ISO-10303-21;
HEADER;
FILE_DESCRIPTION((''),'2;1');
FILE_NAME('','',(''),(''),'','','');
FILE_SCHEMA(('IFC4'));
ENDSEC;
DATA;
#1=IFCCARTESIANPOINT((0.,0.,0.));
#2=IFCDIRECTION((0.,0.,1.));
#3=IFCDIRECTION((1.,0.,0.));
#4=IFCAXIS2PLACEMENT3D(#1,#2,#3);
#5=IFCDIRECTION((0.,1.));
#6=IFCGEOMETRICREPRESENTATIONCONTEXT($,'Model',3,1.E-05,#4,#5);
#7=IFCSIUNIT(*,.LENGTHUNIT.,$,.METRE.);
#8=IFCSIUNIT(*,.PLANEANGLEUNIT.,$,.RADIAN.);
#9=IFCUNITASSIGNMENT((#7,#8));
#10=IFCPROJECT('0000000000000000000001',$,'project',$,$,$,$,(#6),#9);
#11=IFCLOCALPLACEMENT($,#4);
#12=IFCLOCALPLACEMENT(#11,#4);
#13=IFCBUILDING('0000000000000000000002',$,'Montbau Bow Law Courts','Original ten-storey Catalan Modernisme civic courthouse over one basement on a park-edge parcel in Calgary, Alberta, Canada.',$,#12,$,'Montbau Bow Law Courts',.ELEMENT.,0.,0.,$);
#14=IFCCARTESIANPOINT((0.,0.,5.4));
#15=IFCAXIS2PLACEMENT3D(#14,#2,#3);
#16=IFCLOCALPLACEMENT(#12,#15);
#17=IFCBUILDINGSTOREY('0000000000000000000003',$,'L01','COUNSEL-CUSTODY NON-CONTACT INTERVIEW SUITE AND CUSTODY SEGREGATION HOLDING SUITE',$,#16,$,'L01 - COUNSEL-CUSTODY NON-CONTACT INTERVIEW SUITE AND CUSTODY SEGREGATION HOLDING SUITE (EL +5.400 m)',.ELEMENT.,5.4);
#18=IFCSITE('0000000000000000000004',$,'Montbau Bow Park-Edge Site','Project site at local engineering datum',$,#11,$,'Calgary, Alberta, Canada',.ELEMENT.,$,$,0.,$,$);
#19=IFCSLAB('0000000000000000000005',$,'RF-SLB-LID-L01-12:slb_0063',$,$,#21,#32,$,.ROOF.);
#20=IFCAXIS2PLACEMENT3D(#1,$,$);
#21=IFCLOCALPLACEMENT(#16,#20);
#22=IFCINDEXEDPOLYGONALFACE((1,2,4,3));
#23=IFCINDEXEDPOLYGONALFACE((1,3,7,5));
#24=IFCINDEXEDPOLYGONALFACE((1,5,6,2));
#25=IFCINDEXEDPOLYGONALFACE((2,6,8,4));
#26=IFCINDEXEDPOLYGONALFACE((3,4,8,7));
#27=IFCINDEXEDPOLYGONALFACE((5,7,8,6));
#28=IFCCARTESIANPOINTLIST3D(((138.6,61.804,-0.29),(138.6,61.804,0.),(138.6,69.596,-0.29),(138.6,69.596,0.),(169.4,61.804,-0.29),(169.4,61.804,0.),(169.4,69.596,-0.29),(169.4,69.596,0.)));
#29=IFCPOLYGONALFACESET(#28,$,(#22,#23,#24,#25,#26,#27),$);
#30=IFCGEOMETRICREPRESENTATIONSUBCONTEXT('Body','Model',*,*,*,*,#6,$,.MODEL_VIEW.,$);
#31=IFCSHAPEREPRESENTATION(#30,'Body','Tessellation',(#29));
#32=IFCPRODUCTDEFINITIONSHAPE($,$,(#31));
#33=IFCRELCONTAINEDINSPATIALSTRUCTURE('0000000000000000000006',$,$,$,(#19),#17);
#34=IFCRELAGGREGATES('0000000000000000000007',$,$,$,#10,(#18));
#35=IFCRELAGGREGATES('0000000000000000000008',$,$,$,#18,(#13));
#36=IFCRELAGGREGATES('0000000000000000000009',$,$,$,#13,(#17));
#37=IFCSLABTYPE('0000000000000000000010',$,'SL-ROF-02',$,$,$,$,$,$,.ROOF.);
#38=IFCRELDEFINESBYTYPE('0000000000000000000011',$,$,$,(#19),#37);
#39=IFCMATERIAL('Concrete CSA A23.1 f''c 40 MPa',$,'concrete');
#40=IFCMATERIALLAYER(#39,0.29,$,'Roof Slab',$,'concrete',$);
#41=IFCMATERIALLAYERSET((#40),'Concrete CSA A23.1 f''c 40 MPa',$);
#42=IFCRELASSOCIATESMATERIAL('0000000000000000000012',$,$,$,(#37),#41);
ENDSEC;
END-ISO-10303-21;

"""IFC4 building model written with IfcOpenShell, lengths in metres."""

from ifc_helpers import new_model, si_unit, direction, frame, origin_with_axes, place, context, subcontext, project, spatial, polyline, outline, extrude, material, layer, layer_set, type_object, element, save


model = new_model("IFC4")

# Units and contexts
model_context = context("Model", 3, precision=1e-05, world=origin_with_axes(), true_north=direction((0.0, 1.0)))
body_context = subcontext(model_context, "Body", "Model", "MODEL_VIEW")
ifc_project = project(units=[si_unit("LENGTHUNIT", "METRE"), si_unit("PLANEANGLEUNIT", "RADIAN")], contexts=[model_context])

# Site, building, storey
site_placement = place(None, origin_with_axes())
site = spatial("IfcSite", under=ifc_project, at=site_placement, Name="Montbau Bow Park-Edge Site", Description="Project site at local engineering datum", LongName="Calgary, Alberta, Canada", CompositionType="ELEMENT", RefElevation=0.0)
building_placement = place(site_placement, origin_with_axes())
building = spatial("IfcBuilding", under=site, at=building_placement, Name="Montbau Bow Law Courts", Description="Original ten-storey Catalan Modernisme civic courthouse over one basement on a park-edge parcel in Calgary, Alberta, Canada.", LongName="Montbau Bow Law Courts", CompositionType="ELEMENT", ElevationOfRefHeight=0.0, ElevationOfTerrain=0.0)
storey_placement = place(building_placement, frame((0.0, 0.0, 5.4), z_axis=(0.0, 0.0, 1.0), x_axis=(1.0, 0.0, 0.0)))
storey = spatial("IfcBuildingStorey", under=building, at=storey_placement, Name="L01", Description="COUNSEL-CUSTODY NON-CONTACT INTERVIEW SUITE AND CUSTODY SEGREGATION HOLDING SUITE", LongName="L01 - COUNSEL-CUSTODY NON-CONTACT INTERVIEW SUITE AND CUSTODY SEGREGATION HOLDING SUITE (EL +5.400 m)", CompositionType="ELEMENT", Elevation=5.4)

# Shared definitions
ifc_material = material(Name="Concrete CSA A23.1 f'c 40 MPa", Category="concrete")

# Slab
ifc_layer_1 = layer(ifc_material, 0.29, Name="Roof Slab", Category="concrete")
ifc_layer_set_1 = layer_set([ifc_layer_1], Name="Concrete CSA A23.1 f'c 40 MPa")
slab_type_1 = type_object("IfcSlabType", Name="SL-ROF-02", PredefinedType="ROOF", material=ifc_layer_set_1)
slab_1_placement = place(None, frame((0.0, 0.0, 5.11), z_axis=(0.0, 0.0, 1.0), x_axis=(1.0, 0.0, 0.0)))
element("IfcSlab", 1, at=slab_1_placement, inside=storey, type_object=slab_type_1, Name="RF-SLB-LID-L01-12:slb_0063", PredefinedType="ROOF", context=body_context, shape_type="SweptSolid", body=[
    extrude(outline(polyline([(138.6, 69.596), (169.4, 69.596), (169.4, 61.804), (138.6, 61.804), (138.6, 69.596)])), origin_with_axes(), (0.0, 0.0, 1.0), 0.29),
])

save(model, "model.ifc")
